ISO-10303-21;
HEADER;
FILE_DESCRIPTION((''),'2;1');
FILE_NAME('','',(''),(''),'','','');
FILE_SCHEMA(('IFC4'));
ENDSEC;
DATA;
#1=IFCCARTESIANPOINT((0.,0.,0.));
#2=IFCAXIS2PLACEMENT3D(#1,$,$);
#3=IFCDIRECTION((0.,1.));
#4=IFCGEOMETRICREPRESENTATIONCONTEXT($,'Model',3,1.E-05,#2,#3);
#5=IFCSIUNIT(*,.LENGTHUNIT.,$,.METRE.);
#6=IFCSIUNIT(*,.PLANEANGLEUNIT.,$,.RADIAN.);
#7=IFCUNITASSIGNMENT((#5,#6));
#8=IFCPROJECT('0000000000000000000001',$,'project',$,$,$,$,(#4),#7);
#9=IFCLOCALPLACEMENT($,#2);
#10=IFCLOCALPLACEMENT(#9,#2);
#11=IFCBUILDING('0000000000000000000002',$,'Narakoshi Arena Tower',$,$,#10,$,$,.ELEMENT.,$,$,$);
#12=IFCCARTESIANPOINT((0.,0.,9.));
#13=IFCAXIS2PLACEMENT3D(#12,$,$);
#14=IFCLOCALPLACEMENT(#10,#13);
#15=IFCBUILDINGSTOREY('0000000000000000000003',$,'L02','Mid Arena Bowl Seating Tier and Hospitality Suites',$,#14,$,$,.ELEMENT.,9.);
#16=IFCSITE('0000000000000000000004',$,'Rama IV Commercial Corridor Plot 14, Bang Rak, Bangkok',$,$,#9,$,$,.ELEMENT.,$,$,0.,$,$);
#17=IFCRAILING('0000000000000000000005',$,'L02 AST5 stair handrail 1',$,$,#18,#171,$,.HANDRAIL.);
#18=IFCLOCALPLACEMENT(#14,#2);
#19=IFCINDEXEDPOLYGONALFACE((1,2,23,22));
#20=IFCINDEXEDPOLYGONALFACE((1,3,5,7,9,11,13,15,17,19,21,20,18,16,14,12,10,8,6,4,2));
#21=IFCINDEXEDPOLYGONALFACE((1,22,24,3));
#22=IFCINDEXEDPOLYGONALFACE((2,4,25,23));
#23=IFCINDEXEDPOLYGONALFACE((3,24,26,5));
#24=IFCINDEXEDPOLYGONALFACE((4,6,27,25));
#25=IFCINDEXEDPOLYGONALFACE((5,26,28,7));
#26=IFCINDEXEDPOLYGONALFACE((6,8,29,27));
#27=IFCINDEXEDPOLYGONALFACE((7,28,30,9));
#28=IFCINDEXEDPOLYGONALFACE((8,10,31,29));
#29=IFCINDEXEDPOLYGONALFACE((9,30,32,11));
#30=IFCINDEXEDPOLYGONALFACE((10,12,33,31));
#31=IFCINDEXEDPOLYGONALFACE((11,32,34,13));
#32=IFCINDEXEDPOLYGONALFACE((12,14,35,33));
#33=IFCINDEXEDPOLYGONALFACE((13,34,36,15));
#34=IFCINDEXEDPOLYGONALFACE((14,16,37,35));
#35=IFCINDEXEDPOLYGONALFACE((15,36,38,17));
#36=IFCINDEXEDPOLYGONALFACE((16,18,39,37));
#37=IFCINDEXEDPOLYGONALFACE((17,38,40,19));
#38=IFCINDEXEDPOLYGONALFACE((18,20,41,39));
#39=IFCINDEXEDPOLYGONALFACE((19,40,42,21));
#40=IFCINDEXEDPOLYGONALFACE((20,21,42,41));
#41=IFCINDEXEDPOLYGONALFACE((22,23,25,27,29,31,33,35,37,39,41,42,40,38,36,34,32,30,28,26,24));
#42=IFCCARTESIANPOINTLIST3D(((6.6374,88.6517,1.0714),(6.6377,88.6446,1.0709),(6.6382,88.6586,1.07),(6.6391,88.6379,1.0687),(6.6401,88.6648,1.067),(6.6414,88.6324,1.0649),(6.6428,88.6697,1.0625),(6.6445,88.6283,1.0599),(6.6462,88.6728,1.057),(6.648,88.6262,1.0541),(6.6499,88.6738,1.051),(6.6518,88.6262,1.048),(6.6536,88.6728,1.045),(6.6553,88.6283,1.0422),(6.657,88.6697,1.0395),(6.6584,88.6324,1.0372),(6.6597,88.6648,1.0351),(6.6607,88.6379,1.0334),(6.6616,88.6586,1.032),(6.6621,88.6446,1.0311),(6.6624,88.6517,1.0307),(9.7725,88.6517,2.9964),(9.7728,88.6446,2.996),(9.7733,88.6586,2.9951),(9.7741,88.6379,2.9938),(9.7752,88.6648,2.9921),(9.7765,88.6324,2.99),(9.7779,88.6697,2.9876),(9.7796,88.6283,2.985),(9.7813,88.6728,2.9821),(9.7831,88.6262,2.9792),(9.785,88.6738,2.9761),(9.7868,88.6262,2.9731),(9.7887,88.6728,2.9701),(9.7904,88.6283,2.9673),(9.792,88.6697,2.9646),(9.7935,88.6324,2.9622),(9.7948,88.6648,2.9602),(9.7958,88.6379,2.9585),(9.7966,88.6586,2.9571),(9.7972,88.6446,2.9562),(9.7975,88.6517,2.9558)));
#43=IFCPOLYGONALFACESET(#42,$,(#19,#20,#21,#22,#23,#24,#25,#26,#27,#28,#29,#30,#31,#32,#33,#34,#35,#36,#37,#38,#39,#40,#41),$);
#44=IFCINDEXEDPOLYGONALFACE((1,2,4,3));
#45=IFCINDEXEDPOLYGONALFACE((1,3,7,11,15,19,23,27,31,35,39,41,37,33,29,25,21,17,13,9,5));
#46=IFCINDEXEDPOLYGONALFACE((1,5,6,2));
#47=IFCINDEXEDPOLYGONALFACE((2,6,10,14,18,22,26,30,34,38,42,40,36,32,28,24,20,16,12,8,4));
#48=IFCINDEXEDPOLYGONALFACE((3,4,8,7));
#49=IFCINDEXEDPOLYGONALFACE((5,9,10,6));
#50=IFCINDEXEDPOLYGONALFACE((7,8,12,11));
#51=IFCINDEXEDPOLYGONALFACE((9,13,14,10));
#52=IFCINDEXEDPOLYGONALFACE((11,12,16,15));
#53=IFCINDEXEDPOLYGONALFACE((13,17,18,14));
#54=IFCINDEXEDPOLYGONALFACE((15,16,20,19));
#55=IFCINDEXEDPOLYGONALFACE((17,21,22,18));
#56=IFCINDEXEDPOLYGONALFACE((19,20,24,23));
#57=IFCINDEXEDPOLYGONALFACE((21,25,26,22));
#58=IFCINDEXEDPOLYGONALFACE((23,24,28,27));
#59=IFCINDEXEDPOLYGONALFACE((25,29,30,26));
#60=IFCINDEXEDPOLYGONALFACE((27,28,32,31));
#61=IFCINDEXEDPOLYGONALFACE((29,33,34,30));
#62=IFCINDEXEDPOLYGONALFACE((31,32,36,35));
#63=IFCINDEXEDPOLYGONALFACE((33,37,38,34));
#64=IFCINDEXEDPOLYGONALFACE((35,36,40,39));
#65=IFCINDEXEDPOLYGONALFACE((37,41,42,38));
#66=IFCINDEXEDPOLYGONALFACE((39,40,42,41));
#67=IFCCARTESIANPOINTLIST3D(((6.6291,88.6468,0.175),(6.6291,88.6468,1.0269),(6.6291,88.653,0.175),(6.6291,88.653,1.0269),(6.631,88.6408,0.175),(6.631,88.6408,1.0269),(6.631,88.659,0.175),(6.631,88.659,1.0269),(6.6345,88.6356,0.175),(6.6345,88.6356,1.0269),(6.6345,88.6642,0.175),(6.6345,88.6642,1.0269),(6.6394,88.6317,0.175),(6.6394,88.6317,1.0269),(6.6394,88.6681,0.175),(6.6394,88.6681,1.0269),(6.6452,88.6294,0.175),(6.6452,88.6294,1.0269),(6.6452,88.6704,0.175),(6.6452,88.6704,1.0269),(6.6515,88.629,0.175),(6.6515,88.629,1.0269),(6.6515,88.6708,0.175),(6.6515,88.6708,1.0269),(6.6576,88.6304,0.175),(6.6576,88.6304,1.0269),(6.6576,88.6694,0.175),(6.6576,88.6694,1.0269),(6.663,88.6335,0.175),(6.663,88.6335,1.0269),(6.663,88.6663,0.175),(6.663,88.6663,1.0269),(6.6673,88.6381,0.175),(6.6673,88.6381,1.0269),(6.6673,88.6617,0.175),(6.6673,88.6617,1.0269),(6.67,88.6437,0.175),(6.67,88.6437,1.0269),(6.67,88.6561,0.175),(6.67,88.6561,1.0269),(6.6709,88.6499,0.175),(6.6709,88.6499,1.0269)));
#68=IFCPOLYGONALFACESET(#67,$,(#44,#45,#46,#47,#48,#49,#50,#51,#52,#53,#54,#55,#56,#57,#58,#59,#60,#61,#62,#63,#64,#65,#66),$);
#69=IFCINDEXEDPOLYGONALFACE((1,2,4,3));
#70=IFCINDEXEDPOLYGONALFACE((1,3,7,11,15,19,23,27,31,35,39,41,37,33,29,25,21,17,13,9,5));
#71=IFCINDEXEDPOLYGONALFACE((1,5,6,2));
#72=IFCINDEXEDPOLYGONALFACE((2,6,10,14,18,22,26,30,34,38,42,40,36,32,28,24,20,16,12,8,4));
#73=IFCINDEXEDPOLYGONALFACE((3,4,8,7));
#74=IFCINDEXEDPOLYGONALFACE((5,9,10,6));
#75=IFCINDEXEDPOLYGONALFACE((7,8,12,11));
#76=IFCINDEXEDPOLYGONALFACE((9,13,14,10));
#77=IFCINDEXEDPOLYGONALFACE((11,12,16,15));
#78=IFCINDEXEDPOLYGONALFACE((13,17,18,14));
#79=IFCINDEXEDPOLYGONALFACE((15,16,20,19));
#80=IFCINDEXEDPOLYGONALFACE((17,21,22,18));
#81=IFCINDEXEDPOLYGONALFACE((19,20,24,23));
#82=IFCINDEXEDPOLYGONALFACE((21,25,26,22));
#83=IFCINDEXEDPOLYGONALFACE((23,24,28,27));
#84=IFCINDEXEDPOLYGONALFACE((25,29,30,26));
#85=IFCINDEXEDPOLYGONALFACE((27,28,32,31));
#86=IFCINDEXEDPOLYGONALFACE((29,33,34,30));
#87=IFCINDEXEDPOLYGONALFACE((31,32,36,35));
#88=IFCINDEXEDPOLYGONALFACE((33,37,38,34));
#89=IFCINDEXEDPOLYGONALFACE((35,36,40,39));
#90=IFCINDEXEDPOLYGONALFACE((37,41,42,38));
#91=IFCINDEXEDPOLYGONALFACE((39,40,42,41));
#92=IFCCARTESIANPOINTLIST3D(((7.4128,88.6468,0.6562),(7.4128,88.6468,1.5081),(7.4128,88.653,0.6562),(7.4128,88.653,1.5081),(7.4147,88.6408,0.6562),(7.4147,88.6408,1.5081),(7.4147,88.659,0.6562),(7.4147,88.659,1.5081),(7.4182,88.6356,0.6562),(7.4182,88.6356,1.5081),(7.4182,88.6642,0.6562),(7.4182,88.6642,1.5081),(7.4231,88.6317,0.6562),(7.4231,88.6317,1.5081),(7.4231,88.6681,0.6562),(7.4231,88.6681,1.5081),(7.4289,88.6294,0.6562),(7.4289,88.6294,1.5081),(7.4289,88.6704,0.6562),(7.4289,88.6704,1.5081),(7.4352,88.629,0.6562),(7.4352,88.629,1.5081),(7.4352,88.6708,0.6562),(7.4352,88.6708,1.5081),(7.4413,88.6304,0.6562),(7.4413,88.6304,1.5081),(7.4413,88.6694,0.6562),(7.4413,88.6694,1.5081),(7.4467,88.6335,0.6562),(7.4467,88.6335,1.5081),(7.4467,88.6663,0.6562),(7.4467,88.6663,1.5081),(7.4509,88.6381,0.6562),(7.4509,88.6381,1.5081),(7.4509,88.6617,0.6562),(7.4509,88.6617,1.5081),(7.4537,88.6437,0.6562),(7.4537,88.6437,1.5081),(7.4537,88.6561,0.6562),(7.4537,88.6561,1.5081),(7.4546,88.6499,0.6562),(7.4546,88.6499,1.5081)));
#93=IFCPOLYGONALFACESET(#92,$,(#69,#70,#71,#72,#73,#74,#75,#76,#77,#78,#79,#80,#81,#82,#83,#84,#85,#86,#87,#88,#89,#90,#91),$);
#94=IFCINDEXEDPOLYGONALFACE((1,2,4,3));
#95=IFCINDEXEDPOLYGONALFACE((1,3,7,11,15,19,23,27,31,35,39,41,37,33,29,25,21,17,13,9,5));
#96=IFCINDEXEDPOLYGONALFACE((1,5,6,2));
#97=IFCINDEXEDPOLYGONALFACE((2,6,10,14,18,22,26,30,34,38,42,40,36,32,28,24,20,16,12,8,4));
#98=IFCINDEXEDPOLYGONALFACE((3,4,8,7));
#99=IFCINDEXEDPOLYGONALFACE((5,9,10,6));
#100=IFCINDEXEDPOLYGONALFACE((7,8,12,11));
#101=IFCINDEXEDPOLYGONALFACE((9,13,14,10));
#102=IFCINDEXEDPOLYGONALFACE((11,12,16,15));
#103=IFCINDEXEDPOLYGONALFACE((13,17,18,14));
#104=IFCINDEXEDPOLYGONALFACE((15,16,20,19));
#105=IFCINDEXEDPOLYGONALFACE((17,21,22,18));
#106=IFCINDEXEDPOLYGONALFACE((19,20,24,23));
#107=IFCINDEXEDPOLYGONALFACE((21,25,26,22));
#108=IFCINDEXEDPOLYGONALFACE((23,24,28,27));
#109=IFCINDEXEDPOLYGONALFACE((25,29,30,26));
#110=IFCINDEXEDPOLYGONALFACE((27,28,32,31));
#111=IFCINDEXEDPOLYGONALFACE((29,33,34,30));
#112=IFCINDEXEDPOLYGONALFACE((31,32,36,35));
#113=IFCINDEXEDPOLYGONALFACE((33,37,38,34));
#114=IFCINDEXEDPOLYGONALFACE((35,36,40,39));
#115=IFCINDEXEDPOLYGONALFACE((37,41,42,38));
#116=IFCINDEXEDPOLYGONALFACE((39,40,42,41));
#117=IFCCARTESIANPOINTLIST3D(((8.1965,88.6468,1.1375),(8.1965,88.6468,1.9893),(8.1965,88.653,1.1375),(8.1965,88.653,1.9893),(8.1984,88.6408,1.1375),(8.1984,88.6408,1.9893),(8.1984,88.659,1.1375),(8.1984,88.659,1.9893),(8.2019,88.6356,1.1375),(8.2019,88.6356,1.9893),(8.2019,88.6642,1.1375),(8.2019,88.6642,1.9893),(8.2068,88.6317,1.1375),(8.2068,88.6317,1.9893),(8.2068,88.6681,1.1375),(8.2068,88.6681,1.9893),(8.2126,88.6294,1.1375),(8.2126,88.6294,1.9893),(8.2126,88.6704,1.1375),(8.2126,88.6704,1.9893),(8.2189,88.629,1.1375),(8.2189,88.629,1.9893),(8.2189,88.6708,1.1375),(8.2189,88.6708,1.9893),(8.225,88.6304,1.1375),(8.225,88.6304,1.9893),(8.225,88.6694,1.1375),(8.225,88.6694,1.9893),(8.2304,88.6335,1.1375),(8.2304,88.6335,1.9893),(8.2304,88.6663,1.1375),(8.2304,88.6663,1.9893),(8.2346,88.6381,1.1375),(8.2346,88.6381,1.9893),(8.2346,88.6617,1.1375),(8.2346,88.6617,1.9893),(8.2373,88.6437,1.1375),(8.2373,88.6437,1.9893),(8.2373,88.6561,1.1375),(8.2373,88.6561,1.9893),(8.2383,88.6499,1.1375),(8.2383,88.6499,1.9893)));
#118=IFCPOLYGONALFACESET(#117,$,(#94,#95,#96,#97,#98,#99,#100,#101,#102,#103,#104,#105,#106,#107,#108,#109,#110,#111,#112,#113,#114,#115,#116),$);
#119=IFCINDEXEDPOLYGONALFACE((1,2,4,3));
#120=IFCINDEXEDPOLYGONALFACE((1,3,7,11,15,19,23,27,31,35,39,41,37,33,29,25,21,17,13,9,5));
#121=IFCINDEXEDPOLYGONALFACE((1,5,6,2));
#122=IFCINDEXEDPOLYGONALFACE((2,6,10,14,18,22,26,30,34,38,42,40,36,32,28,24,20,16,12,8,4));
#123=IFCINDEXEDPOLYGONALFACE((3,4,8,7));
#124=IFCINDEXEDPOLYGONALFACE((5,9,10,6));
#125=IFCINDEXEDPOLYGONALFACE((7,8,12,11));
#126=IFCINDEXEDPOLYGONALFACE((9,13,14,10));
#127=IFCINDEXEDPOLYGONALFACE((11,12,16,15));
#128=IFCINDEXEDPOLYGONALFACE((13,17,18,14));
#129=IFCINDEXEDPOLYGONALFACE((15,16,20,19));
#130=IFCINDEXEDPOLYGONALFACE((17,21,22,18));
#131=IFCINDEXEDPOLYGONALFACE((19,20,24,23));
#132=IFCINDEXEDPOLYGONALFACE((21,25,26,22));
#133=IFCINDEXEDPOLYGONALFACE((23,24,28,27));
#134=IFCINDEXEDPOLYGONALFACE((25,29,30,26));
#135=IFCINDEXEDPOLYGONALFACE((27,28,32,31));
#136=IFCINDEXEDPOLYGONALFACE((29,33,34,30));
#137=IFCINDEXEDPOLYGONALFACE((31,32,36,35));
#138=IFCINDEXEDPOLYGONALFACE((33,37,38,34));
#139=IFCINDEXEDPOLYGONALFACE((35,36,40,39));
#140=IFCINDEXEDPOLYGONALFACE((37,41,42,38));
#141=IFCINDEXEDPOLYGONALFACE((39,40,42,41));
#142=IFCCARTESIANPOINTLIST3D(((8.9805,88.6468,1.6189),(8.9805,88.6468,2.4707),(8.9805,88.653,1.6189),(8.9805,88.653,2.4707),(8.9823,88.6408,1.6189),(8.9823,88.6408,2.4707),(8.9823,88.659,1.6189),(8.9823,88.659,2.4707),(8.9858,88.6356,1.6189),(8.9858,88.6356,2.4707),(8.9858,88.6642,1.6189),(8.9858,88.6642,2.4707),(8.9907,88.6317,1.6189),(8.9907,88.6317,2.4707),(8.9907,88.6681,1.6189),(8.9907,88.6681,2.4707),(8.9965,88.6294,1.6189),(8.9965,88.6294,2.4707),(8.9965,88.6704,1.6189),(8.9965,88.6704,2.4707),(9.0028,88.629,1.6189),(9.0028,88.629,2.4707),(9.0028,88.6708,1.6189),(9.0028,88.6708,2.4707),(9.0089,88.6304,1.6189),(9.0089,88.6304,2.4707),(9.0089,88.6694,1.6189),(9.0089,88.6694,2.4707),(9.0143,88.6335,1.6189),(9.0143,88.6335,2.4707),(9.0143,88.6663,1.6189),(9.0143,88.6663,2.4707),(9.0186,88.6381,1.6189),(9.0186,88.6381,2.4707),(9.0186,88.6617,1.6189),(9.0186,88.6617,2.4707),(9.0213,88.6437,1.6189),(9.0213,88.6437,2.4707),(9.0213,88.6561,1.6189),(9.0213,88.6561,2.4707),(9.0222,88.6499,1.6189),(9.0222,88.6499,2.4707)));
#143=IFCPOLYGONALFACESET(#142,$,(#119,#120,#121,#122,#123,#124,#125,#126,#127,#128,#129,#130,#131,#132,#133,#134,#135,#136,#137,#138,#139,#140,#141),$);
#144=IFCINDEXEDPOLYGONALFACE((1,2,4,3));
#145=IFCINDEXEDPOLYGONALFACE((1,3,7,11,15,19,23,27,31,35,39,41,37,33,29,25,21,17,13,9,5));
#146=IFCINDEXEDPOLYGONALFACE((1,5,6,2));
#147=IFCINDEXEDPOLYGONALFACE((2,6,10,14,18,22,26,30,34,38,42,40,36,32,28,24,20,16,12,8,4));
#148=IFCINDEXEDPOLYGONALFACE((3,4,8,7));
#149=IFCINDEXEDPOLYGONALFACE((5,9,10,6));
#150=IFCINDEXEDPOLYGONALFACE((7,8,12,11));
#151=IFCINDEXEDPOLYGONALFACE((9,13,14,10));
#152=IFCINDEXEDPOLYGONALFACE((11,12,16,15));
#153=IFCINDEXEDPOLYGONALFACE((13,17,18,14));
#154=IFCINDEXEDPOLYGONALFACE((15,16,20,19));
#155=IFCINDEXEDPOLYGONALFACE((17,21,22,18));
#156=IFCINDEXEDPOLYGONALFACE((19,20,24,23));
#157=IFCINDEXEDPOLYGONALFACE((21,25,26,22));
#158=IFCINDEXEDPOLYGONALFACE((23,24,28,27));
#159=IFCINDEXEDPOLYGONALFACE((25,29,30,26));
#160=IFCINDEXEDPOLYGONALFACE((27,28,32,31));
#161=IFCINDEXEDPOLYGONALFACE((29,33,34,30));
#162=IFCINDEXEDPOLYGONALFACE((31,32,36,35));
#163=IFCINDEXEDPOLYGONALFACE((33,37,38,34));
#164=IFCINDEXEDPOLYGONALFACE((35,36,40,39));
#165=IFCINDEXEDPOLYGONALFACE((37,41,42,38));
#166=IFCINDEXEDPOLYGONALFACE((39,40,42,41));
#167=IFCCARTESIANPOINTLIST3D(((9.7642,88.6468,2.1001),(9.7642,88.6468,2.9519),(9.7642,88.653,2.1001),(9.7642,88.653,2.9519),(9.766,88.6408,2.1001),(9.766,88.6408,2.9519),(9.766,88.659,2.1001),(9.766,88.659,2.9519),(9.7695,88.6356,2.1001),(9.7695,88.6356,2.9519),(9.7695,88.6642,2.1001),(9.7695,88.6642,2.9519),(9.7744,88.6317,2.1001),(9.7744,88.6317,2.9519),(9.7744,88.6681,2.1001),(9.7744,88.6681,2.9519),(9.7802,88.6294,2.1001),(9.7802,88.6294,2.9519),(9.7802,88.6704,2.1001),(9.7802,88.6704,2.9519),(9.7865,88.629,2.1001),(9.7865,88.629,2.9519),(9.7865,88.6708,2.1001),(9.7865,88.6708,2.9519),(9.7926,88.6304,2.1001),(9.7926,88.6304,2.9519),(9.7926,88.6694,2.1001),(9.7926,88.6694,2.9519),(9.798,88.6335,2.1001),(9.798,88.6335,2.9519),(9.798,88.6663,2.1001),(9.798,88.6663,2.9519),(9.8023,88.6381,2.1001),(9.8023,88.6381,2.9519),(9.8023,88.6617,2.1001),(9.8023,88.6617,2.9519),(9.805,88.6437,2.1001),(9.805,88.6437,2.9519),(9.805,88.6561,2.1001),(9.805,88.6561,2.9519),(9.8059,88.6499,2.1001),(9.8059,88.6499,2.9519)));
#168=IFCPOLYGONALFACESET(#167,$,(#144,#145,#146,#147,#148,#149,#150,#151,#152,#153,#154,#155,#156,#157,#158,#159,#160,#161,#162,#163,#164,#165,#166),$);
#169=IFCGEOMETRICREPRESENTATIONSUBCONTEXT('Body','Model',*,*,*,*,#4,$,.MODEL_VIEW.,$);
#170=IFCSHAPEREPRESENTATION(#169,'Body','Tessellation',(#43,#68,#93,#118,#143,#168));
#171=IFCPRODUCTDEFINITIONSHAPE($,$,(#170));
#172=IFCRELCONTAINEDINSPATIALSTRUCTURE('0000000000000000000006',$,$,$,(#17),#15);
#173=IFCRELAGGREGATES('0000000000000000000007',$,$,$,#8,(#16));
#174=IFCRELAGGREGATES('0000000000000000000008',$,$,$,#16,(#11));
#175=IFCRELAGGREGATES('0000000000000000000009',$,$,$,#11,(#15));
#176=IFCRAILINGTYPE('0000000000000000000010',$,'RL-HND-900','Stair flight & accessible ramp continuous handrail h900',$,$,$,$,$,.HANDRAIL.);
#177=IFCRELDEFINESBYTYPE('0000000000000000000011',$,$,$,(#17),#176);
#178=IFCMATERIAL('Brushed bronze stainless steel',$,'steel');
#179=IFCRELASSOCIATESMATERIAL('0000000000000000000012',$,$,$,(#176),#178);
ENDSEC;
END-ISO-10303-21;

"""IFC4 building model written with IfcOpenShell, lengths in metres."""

from ifc_helpers import new_model, si_unit, direction, frame, origin, origin_2d, place, context, subcontext, project, spatial, circle, extrude, material, type_object, element, save


model = new_model("IFC4")

# Units and contexts
model_context = context("Model", 3, precision=1e-05, world=origin(), true_north=direction((0.0, 1.0)))
body_context = subcontext(model_context, "Body", "Model", "MODEL_VIEW")
ifc_project = project(units=[si_unit("LENGTHUNIT", "METRE"), si_unit("PLANEANGLEUNIT", "RADIAN")], contexts=[model_context])

# Site, building, storey
site_placement = place(None, origin())
site = spatial("IfcSite", under=ifc_project, at=site_placement, Name="Rama IV Commercial Corridor Plot 14, Bang Rak, Bangkok", CompositionType="ELEMENT", RefElevation=0.0)
building_placement = place(site_placement, origin())
building = spatial("IfcBuilding", under=site, at=building_placement, Name="Narakoshi Arena Tower", CompositionType="ELEMENT")
storey_placement = place(building_placement, frame((0.0, 0.0, 9.0)))
storey = spatial("IfcBuildingStorey", under=building, at=storey_placement, Name="L02", Description="Mid Arena Bowl Seating Tier and Hospitality Suites", CompositionType="ELEMENT", Elevation=9.0)

# Railing
ifc_material_1 = material(Name="Brushed bronze stainless steel", Category="steel")
railing_type_1 = type_object("IfcRailingType", Name="RL-HND-900", Description="Stair flight & accessible ramp continuous handrail h900", PredefinedType="HANDRAIL", material=ifc_material_1)
railing_1_placement = place(storey_placement, frame((6.6499, 88.6499, 0.175)))
element("IfcRailing", 1, at=railing_1_placement, inside=storey, type_object=railing_type_1, Name="L02 AST5 stair handrail 1", PredefinedType="HANDRAIL", context=body_context, shape_type="SweptSolid", body=[
    extrude(circle(Radius=0.0239, at=origin_2d()), frame((0.0, 0.0, 0.876), z_axis=(0.852166, 0.0, 0.523271), x_axis=(0.0, 1.0, 0.0)), (0.0, 0.0, 1.0), 3.679),
    extrude(circle(Radius=0.021, at=origin_2d()), origin(), (0.0, 0.0, 1.0), 0.8518),
    extrude(circle(Radius=0.021, at=origin_2d()), frame((0.7837, 0.0, 0.4812)), (0.0, 0.0, 1.0), 0.8518),
    extrude(circle(Radius=0.021, at=origin_2d()), frame((1.5674, 0.0, 0.9624)), (0.0, 0.0, 1.0), 0.8518),
    extrude(circle(Radius=0.021, at=origin_2d()), frame((2.3513, 0.0, 1.4438)), (0.0, 0.0, 1.0), 0.8518),
    extrude(circle(Radius=0.021, at=origin_2d()), frame((3.135, 0.0, 1.925)), (0.0, 0.0, 1.0), 0.8518),
])

save(model, "model.ifc")
